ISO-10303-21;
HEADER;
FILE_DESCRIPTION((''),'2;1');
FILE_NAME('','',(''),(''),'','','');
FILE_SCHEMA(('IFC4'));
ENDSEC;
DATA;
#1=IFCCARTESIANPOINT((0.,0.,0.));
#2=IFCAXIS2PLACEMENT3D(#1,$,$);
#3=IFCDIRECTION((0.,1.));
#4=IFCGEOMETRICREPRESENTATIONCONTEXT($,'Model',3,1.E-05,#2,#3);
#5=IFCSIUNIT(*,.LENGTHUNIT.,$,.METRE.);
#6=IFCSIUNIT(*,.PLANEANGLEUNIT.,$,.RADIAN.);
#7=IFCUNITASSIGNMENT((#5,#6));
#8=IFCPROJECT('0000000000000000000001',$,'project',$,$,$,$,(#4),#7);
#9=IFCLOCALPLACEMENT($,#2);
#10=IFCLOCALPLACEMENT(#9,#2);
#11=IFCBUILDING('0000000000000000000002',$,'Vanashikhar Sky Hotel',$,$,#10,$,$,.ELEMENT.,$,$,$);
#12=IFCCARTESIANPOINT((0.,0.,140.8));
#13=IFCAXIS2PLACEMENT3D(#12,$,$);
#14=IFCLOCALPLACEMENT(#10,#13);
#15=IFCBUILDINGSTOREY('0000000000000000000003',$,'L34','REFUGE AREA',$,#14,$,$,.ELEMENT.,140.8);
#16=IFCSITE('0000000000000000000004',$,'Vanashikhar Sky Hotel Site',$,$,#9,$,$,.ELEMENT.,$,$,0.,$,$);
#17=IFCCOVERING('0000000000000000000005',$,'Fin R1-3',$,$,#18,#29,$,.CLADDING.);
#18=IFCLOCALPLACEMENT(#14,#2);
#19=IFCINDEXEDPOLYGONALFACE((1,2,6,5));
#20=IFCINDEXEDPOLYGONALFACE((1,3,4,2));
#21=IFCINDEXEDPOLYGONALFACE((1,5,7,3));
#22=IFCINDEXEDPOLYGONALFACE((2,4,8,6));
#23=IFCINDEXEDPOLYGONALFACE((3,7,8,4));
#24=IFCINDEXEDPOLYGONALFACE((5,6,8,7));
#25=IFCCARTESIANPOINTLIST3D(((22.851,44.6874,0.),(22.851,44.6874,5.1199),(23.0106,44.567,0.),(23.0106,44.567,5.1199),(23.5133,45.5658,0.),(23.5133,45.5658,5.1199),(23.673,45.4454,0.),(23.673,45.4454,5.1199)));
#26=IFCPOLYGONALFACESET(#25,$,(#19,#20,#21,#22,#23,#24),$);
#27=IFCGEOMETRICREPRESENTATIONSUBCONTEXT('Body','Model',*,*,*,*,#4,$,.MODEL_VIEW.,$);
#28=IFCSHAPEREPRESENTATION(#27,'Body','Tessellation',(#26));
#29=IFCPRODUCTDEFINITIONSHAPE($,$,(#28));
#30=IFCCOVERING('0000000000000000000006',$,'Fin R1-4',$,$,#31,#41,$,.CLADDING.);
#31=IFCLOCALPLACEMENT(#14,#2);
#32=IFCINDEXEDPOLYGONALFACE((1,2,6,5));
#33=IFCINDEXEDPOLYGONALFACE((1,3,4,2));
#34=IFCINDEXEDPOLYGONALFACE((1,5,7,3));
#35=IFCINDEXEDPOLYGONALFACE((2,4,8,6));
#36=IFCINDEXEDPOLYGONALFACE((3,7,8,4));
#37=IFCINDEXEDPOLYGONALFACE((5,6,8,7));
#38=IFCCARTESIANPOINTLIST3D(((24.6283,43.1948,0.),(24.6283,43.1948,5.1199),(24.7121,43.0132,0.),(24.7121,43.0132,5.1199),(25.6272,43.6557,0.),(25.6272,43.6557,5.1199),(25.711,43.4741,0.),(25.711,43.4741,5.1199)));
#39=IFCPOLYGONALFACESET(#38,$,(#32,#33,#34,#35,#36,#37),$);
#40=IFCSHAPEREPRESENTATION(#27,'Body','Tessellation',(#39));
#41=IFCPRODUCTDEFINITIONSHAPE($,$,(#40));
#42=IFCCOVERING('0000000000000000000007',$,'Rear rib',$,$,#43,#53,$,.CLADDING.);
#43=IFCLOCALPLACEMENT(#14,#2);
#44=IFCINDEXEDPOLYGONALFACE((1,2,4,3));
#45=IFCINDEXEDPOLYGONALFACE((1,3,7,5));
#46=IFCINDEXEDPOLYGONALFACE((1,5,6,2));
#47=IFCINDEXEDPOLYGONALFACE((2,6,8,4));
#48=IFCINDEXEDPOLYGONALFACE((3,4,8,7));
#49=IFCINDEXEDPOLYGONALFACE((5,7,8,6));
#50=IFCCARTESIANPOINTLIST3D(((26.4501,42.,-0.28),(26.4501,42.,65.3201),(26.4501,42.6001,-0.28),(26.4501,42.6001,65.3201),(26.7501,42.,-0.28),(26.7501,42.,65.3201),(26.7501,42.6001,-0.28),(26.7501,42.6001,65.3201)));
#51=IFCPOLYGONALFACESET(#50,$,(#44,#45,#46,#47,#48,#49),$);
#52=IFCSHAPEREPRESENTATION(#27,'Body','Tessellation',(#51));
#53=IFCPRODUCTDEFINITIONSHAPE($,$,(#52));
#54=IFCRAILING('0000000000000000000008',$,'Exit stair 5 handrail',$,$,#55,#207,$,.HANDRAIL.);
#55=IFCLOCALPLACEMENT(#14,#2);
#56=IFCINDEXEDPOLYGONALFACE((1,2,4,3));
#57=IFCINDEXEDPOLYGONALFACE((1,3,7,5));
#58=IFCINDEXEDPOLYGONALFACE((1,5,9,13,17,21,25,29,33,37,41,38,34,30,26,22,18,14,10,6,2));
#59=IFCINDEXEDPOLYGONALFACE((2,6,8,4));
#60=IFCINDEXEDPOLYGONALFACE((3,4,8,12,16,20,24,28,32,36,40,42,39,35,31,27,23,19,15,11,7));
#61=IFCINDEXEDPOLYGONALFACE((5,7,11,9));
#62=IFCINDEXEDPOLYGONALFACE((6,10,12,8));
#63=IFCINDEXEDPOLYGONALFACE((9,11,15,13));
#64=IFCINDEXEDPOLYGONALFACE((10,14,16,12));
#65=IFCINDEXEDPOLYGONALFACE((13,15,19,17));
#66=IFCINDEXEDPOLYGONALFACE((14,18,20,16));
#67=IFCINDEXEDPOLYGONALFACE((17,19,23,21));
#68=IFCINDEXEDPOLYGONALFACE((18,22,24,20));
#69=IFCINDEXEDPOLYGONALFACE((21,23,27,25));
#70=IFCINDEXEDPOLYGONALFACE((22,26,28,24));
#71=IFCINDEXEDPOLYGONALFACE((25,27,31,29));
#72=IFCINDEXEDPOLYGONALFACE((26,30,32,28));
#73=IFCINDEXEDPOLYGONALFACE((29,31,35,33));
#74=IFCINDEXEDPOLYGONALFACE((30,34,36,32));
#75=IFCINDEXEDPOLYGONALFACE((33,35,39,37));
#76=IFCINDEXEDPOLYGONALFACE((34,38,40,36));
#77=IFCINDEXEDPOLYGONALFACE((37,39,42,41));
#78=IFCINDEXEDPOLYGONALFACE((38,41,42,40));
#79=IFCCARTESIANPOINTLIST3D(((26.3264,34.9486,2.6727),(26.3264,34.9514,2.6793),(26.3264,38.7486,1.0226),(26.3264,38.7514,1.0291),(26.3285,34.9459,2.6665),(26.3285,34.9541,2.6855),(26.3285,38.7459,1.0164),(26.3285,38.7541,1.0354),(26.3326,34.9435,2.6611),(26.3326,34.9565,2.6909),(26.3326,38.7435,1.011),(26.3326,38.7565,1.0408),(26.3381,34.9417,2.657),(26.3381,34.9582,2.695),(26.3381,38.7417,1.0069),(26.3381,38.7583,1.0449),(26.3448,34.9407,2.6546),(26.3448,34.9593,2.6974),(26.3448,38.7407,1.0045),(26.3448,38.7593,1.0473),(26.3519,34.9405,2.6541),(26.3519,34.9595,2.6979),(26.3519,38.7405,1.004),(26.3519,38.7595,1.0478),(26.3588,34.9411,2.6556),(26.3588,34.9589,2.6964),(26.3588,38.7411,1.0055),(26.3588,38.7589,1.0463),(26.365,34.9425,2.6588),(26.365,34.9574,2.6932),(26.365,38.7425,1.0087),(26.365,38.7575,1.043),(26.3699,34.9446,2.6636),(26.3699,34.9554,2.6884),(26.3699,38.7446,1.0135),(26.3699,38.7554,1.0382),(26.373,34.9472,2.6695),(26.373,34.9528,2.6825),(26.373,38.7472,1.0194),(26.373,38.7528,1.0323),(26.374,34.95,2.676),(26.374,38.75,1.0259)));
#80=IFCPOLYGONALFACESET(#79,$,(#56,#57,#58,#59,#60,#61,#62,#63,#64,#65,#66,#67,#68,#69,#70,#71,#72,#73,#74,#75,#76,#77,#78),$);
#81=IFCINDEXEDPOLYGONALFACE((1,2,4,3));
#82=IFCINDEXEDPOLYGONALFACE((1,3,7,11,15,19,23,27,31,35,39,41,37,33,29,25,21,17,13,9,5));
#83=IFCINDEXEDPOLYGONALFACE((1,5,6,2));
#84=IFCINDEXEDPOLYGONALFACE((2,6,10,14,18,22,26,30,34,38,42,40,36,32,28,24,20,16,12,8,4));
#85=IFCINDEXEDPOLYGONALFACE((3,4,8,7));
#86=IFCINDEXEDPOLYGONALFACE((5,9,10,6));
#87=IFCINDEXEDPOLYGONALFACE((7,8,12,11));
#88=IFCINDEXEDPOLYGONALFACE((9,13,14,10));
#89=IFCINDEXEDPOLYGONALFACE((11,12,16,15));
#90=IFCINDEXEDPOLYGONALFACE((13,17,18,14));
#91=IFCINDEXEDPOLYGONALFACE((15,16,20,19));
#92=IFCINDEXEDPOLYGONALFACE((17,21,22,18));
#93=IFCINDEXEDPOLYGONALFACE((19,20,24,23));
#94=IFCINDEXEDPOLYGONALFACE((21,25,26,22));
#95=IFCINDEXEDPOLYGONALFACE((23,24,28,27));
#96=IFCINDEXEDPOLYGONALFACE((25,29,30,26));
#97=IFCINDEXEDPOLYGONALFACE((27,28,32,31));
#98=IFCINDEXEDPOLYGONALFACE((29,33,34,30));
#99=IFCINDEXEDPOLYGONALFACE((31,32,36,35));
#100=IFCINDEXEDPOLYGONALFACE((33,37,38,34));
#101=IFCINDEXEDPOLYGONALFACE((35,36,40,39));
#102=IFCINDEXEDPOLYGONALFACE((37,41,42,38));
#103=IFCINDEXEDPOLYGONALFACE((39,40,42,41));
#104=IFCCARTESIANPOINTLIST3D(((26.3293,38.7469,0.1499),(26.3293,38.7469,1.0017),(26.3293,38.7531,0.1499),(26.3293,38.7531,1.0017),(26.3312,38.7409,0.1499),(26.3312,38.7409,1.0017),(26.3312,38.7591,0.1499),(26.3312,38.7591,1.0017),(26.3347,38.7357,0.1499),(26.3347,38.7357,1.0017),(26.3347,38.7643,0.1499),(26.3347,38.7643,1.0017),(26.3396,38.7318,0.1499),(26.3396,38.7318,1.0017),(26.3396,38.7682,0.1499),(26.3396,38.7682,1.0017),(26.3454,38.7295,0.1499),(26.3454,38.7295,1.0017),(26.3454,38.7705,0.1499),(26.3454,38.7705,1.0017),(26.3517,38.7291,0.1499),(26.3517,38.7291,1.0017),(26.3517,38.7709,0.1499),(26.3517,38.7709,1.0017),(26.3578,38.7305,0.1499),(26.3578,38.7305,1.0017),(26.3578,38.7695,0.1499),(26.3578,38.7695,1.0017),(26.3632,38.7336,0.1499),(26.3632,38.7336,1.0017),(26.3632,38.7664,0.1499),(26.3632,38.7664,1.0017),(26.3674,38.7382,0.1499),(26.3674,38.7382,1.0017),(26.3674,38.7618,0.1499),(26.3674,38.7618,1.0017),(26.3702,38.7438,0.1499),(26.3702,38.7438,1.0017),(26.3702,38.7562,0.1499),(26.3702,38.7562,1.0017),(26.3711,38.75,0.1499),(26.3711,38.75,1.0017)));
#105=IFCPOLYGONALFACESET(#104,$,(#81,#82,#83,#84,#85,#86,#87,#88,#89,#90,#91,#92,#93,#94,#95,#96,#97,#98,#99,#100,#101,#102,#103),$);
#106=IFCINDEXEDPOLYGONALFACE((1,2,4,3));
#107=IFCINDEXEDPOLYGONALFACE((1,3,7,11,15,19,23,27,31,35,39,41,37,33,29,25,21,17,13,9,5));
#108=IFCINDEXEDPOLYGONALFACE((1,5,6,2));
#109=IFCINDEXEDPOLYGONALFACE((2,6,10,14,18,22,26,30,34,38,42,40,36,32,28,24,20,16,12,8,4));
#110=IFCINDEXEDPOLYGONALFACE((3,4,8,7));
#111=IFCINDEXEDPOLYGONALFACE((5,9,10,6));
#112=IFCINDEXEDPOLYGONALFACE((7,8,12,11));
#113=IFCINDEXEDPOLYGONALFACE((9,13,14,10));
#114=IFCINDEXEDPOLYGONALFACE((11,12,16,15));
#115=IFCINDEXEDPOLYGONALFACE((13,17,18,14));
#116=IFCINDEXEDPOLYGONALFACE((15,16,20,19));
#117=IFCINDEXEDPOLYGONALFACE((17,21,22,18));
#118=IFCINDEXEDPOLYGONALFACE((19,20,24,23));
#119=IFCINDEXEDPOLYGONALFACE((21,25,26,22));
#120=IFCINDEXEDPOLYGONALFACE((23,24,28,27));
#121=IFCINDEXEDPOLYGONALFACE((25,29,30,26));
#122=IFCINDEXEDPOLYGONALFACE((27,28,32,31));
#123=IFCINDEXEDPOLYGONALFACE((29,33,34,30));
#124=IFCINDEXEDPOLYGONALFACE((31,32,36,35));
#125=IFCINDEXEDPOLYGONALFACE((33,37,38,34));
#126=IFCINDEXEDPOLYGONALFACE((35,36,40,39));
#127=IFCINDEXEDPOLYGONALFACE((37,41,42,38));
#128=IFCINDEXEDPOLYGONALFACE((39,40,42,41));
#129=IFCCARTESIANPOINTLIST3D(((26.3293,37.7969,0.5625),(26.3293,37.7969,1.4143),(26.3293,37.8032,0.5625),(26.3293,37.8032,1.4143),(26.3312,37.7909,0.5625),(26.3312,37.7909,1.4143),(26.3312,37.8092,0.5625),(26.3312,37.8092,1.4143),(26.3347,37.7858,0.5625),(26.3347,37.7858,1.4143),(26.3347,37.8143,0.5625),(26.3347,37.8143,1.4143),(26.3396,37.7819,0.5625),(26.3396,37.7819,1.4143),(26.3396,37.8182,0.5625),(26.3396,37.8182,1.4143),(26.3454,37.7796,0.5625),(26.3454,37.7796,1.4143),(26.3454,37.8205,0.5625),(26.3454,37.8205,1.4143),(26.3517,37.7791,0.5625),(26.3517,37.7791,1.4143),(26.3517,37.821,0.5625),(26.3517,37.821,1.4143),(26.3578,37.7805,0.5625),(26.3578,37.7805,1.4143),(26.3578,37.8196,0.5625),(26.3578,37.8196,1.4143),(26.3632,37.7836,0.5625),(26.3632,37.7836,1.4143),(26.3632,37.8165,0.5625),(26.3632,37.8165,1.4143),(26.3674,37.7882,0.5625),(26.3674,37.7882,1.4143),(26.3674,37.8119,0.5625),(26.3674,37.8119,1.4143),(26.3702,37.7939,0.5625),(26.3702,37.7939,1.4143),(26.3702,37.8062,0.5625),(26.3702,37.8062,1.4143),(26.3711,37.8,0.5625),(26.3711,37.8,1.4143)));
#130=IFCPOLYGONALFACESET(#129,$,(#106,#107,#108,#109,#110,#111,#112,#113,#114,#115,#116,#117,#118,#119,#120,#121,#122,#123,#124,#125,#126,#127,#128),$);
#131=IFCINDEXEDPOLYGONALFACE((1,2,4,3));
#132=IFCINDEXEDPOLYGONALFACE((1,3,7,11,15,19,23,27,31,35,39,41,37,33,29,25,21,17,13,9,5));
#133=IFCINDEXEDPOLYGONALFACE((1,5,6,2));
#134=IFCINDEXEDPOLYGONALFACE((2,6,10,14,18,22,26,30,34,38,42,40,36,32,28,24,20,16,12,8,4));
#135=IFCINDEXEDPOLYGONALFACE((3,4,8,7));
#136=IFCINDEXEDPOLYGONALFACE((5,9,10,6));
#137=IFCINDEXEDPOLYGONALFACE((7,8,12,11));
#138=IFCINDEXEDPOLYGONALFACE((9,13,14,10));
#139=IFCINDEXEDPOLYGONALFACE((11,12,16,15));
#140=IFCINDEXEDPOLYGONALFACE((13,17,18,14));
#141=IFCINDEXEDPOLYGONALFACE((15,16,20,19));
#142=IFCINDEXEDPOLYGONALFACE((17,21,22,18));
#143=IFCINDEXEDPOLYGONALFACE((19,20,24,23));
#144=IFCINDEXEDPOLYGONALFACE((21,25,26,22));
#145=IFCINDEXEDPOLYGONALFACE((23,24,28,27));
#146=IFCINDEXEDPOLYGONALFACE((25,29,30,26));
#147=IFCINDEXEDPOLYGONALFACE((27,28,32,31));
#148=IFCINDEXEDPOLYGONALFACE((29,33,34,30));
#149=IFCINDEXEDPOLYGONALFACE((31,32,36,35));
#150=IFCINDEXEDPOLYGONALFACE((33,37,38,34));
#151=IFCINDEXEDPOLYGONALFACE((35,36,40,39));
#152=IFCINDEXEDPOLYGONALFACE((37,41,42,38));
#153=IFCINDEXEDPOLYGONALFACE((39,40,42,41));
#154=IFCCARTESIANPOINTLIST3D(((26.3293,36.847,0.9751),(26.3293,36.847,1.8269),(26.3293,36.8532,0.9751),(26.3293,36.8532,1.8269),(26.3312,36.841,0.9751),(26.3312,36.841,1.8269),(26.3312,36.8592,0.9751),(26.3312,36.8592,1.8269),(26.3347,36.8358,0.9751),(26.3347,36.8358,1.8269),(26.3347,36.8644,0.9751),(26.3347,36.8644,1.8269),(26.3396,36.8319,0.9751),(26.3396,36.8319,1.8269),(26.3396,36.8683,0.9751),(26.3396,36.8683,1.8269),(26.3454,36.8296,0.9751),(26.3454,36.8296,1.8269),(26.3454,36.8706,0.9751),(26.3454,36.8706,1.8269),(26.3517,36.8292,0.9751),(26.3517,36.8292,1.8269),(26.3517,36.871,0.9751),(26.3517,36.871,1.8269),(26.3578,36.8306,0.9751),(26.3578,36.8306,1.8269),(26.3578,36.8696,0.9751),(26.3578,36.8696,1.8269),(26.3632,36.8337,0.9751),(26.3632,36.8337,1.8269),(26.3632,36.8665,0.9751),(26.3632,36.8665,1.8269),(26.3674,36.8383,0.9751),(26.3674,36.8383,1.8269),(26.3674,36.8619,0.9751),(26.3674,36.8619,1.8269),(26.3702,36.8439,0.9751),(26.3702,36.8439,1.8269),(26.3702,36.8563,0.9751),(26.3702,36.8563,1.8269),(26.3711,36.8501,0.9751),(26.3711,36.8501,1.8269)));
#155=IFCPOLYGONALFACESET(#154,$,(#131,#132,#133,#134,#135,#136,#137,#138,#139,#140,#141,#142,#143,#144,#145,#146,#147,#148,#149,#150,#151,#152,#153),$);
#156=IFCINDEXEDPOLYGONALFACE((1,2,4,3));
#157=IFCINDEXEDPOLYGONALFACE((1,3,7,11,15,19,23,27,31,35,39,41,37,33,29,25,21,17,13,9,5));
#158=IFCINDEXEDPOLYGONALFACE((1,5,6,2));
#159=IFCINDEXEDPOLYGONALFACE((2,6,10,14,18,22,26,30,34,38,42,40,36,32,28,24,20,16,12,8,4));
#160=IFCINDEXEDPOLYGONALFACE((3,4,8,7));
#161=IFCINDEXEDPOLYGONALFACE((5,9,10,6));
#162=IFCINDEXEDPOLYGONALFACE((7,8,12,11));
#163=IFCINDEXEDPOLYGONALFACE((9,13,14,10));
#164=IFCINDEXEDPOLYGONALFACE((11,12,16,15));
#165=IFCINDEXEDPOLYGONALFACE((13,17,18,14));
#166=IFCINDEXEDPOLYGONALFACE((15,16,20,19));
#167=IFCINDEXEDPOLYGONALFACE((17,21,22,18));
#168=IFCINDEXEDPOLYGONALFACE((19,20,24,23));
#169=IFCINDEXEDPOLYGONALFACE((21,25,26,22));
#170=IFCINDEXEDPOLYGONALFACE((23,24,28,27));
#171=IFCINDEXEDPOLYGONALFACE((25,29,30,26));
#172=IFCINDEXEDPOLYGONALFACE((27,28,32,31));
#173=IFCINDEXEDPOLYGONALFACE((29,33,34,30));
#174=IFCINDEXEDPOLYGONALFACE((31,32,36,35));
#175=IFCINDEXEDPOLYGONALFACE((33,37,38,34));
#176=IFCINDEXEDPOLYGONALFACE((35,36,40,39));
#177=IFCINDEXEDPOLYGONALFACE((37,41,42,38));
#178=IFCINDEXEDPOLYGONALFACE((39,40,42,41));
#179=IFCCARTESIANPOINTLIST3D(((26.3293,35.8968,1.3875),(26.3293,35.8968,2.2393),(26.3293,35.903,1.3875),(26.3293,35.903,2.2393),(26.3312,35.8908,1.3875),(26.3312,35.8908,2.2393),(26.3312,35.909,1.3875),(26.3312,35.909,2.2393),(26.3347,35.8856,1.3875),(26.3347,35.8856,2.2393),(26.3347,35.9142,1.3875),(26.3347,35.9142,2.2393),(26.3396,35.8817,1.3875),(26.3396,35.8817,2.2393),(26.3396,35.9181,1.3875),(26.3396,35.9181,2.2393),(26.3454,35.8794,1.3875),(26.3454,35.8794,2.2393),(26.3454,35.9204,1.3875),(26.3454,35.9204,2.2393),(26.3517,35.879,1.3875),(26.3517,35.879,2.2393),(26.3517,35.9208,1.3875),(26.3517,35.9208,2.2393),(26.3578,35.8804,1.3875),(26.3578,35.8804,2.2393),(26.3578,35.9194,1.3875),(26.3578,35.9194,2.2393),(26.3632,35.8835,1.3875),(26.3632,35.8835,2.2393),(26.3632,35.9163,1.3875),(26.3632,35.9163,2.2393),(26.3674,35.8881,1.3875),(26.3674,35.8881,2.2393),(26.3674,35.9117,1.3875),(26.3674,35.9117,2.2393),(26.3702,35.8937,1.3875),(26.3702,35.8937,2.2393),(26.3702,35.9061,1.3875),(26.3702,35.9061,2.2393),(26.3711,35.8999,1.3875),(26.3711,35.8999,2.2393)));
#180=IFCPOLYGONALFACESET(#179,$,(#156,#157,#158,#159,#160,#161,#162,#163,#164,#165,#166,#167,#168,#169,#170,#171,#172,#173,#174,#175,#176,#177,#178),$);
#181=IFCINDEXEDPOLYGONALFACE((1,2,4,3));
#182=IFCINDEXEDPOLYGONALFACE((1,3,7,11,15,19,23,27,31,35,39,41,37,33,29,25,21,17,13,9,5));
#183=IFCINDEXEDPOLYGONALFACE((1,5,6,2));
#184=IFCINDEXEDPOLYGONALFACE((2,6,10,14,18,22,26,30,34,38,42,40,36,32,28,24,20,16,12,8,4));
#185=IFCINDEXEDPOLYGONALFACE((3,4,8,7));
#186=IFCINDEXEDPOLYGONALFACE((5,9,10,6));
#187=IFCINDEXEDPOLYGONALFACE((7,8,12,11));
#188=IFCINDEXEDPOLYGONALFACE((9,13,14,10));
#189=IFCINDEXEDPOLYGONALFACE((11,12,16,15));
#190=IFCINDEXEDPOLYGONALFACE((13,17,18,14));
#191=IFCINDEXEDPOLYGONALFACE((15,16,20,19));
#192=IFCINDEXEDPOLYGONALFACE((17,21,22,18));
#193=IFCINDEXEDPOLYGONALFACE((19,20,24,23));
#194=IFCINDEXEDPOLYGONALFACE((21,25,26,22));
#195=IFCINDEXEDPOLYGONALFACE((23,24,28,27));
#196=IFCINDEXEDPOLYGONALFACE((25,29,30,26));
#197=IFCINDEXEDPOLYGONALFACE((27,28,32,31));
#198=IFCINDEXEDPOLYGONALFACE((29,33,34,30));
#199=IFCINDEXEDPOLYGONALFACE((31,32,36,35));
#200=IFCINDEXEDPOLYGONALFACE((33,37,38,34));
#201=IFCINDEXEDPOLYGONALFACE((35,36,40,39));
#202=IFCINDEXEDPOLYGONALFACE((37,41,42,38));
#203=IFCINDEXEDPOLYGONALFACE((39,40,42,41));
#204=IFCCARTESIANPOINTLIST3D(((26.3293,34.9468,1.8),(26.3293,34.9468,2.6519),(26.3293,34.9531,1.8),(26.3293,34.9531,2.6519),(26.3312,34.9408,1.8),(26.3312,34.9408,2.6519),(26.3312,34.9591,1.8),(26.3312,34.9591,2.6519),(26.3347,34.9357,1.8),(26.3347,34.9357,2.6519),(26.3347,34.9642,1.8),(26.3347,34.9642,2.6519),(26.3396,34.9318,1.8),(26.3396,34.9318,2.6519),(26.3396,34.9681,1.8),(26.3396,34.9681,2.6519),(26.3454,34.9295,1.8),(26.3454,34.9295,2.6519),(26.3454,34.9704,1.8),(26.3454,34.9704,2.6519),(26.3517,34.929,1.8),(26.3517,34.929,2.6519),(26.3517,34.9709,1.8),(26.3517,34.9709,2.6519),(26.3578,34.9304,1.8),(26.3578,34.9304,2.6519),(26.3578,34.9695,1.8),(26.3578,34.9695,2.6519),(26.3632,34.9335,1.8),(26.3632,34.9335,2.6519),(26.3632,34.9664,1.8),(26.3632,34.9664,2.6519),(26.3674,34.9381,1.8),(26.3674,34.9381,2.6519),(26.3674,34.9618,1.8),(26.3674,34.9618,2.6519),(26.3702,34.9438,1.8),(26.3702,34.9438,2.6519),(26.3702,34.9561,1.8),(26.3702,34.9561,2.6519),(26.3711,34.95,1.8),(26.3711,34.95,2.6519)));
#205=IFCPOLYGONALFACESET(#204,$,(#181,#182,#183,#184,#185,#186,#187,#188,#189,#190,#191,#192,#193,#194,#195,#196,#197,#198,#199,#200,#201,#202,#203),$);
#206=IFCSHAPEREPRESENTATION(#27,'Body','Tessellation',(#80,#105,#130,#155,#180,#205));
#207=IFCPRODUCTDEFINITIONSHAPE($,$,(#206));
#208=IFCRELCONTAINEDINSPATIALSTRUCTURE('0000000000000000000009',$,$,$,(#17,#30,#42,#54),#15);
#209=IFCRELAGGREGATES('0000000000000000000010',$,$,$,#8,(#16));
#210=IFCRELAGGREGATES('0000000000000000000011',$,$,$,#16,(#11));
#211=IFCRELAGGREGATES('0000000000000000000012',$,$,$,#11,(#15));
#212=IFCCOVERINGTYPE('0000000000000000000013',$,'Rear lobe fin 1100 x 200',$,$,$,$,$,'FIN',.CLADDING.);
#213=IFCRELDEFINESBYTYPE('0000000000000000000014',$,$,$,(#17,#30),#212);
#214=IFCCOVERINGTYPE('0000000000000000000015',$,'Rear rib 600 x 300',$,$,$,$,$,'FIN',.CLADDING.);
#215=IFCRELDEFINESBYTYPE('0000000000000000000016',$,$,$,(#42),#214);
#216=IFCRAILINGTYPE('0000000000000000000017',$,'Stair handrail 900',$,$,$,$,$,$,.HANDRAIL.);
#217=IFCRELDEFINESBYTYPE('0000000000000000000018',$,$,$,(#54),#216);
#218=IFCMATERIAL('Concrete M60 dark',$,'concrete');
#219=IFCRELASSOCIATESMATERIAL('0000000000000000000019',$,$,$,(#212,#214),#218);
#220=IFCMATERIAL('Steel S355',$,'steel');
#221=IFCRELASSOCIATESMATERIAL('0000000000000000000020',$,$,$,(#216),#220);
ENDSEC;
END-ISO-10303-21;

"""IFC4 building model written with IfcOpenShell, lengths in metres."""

from ifc_helpers import new_model, si_unit, direction, frame, origin, origin_2d, place, context, subcontext, project, spatial, rectangle, circle, extrude, source, transform, mapped, material, material_profile, profile_set, type_object, element, save


model = new_model("IFC4")

# Units and contexts
model_context = context("Model", 3, precision=1e-05, world=origin(), true_north=direction((0.0, 1.0)))
body_context = subcontext(model_context, "Body", "Model", "MODEL_VIEW")
ifc_project = project(units=[si_unit("LENGTHUNIT", "METRE"), si_unit("PLANEANGLEUNIT", "RADIAN")], contexts=[model_context])

# Site, building, storey
site_placement = place(None, origin())
site = spatial("IfcSite", under=ifc_project, at=site_placement, Name="Vanashikhar Sky Hotel Site", CompositionType="ELEMENT", RefElevation=0.0)
building_placement = place(site_placement, origin())
building = spatial("IfcBuilding", under=site, at=building_placement, Name="Vanashikhar Sky Hotel", CompositionType="ELEMENT")
storey_placement = place(building_placement, frame((0.0, 0.0, 140.8)))
storey = spatial("IfcBuildingStorey", under=building, at=storey_placement, Name="L34", Description="REFUGE AREA", CompositionType="ELEMENT", Elevation=140.8)

# Shared definitions
ifc_material_1 = material(Name="Steel S355", Category="steel")

# Coverings
ifc_material_2 = material(Name="Concrete M60 dark", Category="concrete")
ifc_material_profile_1 = material_profile(ifc_material_2, rectangle(XDim=1.1001, YDim=0.2, at=origin_2d()))
ifc_profile_set_1 = profile_set([ifc_material_profile_1], Name="Rear lobe fin 1100 x 200")
covering_type_1 = type_object("IfcCoveringType", Name="Rear lobe fin 1100 x 200", ElementType="FIN", PredefinedType="CLADDING", material=ifc_profile_set_1)
shared_shape_1 = source(origin(), body_context, "Body", "SweptSolid", [
    extrude(rectangle(XDim=1.1001, YDim=0.2, at=origin_2d()), origin(), (0.0, 0.0, 1.0), 5.1199),
])
for number, where, z_axis, x_axis, name in (
    (1, (23.262, 45.0664, 0.0), (0.0, 0.0, 1.0), (0.602066, 0.798446, 0.0), "Fin R1-3"),
    (2, (25.1697, 43.3345, 0.0), (0.0, 0.0, 1.0), (0.908004, 0.418961, 0.0), "Fin R1-4"),
):
    element("IfcCovering", number, at=place(storey_placement, frame(where, z_axis=z_axis, x_axis=x_axis)), inside=storey, type_object=covering_type_1, Name=name, PredefinedType="CLADDING", context=body_context, shape_type="MappedRepresentation", body=[
        mapped(shared_shape_1, transform((0.0, 0.0, 0.0), scale=1.0)),
    ])
ifc_material_profile_2 = material_profile(ifc_material_2, rectangle(XDim=0.6001, YDim=0.3, at=origin_2d()))
ifc_profile_set_2 = profile_set([ifc_material_profile_2], Name="Rear rib 600 x 300")
covering_type_2 = type_object("IfcCoveringType", Name="Rear rib 600 x 300", ElementType="FIN", PredefinedType="CLADDING", material=ifc_profile_set_2)
shared_shape_2 = source(origin(), body_context, "Body", "SweptSolid", [
    extrude(rectangle(XDim=0.6001, YDim=0.3, at=origin_2d()), origin(), (0.0, 0.0, 1.0), 65.6001),
])
covering_1_placement = place(storey_placement, frame((26.6001, 42.3, -0.28), z_axis=(0.0, 0.0, 1.0), x_axis=(0.0, 1.0, 0.0)))
element("IfcCovering", 3, at=covering_1_placement, inside=storey, type_object=covering_type_2, Name="Rear rib", PredefinedType="CLADDING", context=body_context, shape_type="MappedRepresentation", body=[
    mapped(shared_shape_2, transform((0.0, 0.0, 0.0), scale=1.0)),
])

# Railing
railing_type = type_object("IfcRailingType", Name="Stair handrail 900", PredefinedType="HANDRAIL", material=ifc_material_1)
shared_shape_3 = source(origin(), body_context, "Body", "SweptSolid", [
    extrude(circle(Radius=0.0239, at=origin_2d()), frame((0.0, 0.0, 0.876), z_axis=(0.0, -0.917251, 0.39831), x_axis=(1.0, 0.0, 0.0)), (0.0, 0.0, 1.0), 4.1428),
    extrude(circle(Radius=0.021, at=origin_2d()), origin(), (0.0, 0.0, 1.0), 0.8518),
    extrude(circle(Radius=0.021, at=origin_2d()), frame((0.0, -0.95, 0.4126)), (0.0, 0.0, 1.0), 0.8518),
    extrude(circle(Radius=0.021, at=origin_2d()), frame((0.0, -1.8999, 0.8252)), (0.0, 0.0, 1.0), 0.8518),
    extrude(circle(Radius=0.021, at=origin_2d()), frame((0.0, -2.8501, 1.2375)), (0.0, 0.0, 1.0), 0.8518),
    extrude(circle(Radius=0.021, at=origin_2d()), frame((0.0, -3.8, 1.6501)), (0.0, 0.0, 1.0), 0.8518),
])
railing_1_placement = place(storey_placement, frame((26.3501, 38.75, 0.1499)))
element("IfcRailing", 4, at=railing_1_placement, inside=storey, type_object=railing_type, Name="Exit stair 5 handrail", PredefinedType="HANDRAIL", context=body_context, shape_type="MappedRepresentation", body=[
    mapped(shared_shape_3, transform((0.0, 0.0, 0.0), scale=1.0)),
])

save(model, "model.ifc")
